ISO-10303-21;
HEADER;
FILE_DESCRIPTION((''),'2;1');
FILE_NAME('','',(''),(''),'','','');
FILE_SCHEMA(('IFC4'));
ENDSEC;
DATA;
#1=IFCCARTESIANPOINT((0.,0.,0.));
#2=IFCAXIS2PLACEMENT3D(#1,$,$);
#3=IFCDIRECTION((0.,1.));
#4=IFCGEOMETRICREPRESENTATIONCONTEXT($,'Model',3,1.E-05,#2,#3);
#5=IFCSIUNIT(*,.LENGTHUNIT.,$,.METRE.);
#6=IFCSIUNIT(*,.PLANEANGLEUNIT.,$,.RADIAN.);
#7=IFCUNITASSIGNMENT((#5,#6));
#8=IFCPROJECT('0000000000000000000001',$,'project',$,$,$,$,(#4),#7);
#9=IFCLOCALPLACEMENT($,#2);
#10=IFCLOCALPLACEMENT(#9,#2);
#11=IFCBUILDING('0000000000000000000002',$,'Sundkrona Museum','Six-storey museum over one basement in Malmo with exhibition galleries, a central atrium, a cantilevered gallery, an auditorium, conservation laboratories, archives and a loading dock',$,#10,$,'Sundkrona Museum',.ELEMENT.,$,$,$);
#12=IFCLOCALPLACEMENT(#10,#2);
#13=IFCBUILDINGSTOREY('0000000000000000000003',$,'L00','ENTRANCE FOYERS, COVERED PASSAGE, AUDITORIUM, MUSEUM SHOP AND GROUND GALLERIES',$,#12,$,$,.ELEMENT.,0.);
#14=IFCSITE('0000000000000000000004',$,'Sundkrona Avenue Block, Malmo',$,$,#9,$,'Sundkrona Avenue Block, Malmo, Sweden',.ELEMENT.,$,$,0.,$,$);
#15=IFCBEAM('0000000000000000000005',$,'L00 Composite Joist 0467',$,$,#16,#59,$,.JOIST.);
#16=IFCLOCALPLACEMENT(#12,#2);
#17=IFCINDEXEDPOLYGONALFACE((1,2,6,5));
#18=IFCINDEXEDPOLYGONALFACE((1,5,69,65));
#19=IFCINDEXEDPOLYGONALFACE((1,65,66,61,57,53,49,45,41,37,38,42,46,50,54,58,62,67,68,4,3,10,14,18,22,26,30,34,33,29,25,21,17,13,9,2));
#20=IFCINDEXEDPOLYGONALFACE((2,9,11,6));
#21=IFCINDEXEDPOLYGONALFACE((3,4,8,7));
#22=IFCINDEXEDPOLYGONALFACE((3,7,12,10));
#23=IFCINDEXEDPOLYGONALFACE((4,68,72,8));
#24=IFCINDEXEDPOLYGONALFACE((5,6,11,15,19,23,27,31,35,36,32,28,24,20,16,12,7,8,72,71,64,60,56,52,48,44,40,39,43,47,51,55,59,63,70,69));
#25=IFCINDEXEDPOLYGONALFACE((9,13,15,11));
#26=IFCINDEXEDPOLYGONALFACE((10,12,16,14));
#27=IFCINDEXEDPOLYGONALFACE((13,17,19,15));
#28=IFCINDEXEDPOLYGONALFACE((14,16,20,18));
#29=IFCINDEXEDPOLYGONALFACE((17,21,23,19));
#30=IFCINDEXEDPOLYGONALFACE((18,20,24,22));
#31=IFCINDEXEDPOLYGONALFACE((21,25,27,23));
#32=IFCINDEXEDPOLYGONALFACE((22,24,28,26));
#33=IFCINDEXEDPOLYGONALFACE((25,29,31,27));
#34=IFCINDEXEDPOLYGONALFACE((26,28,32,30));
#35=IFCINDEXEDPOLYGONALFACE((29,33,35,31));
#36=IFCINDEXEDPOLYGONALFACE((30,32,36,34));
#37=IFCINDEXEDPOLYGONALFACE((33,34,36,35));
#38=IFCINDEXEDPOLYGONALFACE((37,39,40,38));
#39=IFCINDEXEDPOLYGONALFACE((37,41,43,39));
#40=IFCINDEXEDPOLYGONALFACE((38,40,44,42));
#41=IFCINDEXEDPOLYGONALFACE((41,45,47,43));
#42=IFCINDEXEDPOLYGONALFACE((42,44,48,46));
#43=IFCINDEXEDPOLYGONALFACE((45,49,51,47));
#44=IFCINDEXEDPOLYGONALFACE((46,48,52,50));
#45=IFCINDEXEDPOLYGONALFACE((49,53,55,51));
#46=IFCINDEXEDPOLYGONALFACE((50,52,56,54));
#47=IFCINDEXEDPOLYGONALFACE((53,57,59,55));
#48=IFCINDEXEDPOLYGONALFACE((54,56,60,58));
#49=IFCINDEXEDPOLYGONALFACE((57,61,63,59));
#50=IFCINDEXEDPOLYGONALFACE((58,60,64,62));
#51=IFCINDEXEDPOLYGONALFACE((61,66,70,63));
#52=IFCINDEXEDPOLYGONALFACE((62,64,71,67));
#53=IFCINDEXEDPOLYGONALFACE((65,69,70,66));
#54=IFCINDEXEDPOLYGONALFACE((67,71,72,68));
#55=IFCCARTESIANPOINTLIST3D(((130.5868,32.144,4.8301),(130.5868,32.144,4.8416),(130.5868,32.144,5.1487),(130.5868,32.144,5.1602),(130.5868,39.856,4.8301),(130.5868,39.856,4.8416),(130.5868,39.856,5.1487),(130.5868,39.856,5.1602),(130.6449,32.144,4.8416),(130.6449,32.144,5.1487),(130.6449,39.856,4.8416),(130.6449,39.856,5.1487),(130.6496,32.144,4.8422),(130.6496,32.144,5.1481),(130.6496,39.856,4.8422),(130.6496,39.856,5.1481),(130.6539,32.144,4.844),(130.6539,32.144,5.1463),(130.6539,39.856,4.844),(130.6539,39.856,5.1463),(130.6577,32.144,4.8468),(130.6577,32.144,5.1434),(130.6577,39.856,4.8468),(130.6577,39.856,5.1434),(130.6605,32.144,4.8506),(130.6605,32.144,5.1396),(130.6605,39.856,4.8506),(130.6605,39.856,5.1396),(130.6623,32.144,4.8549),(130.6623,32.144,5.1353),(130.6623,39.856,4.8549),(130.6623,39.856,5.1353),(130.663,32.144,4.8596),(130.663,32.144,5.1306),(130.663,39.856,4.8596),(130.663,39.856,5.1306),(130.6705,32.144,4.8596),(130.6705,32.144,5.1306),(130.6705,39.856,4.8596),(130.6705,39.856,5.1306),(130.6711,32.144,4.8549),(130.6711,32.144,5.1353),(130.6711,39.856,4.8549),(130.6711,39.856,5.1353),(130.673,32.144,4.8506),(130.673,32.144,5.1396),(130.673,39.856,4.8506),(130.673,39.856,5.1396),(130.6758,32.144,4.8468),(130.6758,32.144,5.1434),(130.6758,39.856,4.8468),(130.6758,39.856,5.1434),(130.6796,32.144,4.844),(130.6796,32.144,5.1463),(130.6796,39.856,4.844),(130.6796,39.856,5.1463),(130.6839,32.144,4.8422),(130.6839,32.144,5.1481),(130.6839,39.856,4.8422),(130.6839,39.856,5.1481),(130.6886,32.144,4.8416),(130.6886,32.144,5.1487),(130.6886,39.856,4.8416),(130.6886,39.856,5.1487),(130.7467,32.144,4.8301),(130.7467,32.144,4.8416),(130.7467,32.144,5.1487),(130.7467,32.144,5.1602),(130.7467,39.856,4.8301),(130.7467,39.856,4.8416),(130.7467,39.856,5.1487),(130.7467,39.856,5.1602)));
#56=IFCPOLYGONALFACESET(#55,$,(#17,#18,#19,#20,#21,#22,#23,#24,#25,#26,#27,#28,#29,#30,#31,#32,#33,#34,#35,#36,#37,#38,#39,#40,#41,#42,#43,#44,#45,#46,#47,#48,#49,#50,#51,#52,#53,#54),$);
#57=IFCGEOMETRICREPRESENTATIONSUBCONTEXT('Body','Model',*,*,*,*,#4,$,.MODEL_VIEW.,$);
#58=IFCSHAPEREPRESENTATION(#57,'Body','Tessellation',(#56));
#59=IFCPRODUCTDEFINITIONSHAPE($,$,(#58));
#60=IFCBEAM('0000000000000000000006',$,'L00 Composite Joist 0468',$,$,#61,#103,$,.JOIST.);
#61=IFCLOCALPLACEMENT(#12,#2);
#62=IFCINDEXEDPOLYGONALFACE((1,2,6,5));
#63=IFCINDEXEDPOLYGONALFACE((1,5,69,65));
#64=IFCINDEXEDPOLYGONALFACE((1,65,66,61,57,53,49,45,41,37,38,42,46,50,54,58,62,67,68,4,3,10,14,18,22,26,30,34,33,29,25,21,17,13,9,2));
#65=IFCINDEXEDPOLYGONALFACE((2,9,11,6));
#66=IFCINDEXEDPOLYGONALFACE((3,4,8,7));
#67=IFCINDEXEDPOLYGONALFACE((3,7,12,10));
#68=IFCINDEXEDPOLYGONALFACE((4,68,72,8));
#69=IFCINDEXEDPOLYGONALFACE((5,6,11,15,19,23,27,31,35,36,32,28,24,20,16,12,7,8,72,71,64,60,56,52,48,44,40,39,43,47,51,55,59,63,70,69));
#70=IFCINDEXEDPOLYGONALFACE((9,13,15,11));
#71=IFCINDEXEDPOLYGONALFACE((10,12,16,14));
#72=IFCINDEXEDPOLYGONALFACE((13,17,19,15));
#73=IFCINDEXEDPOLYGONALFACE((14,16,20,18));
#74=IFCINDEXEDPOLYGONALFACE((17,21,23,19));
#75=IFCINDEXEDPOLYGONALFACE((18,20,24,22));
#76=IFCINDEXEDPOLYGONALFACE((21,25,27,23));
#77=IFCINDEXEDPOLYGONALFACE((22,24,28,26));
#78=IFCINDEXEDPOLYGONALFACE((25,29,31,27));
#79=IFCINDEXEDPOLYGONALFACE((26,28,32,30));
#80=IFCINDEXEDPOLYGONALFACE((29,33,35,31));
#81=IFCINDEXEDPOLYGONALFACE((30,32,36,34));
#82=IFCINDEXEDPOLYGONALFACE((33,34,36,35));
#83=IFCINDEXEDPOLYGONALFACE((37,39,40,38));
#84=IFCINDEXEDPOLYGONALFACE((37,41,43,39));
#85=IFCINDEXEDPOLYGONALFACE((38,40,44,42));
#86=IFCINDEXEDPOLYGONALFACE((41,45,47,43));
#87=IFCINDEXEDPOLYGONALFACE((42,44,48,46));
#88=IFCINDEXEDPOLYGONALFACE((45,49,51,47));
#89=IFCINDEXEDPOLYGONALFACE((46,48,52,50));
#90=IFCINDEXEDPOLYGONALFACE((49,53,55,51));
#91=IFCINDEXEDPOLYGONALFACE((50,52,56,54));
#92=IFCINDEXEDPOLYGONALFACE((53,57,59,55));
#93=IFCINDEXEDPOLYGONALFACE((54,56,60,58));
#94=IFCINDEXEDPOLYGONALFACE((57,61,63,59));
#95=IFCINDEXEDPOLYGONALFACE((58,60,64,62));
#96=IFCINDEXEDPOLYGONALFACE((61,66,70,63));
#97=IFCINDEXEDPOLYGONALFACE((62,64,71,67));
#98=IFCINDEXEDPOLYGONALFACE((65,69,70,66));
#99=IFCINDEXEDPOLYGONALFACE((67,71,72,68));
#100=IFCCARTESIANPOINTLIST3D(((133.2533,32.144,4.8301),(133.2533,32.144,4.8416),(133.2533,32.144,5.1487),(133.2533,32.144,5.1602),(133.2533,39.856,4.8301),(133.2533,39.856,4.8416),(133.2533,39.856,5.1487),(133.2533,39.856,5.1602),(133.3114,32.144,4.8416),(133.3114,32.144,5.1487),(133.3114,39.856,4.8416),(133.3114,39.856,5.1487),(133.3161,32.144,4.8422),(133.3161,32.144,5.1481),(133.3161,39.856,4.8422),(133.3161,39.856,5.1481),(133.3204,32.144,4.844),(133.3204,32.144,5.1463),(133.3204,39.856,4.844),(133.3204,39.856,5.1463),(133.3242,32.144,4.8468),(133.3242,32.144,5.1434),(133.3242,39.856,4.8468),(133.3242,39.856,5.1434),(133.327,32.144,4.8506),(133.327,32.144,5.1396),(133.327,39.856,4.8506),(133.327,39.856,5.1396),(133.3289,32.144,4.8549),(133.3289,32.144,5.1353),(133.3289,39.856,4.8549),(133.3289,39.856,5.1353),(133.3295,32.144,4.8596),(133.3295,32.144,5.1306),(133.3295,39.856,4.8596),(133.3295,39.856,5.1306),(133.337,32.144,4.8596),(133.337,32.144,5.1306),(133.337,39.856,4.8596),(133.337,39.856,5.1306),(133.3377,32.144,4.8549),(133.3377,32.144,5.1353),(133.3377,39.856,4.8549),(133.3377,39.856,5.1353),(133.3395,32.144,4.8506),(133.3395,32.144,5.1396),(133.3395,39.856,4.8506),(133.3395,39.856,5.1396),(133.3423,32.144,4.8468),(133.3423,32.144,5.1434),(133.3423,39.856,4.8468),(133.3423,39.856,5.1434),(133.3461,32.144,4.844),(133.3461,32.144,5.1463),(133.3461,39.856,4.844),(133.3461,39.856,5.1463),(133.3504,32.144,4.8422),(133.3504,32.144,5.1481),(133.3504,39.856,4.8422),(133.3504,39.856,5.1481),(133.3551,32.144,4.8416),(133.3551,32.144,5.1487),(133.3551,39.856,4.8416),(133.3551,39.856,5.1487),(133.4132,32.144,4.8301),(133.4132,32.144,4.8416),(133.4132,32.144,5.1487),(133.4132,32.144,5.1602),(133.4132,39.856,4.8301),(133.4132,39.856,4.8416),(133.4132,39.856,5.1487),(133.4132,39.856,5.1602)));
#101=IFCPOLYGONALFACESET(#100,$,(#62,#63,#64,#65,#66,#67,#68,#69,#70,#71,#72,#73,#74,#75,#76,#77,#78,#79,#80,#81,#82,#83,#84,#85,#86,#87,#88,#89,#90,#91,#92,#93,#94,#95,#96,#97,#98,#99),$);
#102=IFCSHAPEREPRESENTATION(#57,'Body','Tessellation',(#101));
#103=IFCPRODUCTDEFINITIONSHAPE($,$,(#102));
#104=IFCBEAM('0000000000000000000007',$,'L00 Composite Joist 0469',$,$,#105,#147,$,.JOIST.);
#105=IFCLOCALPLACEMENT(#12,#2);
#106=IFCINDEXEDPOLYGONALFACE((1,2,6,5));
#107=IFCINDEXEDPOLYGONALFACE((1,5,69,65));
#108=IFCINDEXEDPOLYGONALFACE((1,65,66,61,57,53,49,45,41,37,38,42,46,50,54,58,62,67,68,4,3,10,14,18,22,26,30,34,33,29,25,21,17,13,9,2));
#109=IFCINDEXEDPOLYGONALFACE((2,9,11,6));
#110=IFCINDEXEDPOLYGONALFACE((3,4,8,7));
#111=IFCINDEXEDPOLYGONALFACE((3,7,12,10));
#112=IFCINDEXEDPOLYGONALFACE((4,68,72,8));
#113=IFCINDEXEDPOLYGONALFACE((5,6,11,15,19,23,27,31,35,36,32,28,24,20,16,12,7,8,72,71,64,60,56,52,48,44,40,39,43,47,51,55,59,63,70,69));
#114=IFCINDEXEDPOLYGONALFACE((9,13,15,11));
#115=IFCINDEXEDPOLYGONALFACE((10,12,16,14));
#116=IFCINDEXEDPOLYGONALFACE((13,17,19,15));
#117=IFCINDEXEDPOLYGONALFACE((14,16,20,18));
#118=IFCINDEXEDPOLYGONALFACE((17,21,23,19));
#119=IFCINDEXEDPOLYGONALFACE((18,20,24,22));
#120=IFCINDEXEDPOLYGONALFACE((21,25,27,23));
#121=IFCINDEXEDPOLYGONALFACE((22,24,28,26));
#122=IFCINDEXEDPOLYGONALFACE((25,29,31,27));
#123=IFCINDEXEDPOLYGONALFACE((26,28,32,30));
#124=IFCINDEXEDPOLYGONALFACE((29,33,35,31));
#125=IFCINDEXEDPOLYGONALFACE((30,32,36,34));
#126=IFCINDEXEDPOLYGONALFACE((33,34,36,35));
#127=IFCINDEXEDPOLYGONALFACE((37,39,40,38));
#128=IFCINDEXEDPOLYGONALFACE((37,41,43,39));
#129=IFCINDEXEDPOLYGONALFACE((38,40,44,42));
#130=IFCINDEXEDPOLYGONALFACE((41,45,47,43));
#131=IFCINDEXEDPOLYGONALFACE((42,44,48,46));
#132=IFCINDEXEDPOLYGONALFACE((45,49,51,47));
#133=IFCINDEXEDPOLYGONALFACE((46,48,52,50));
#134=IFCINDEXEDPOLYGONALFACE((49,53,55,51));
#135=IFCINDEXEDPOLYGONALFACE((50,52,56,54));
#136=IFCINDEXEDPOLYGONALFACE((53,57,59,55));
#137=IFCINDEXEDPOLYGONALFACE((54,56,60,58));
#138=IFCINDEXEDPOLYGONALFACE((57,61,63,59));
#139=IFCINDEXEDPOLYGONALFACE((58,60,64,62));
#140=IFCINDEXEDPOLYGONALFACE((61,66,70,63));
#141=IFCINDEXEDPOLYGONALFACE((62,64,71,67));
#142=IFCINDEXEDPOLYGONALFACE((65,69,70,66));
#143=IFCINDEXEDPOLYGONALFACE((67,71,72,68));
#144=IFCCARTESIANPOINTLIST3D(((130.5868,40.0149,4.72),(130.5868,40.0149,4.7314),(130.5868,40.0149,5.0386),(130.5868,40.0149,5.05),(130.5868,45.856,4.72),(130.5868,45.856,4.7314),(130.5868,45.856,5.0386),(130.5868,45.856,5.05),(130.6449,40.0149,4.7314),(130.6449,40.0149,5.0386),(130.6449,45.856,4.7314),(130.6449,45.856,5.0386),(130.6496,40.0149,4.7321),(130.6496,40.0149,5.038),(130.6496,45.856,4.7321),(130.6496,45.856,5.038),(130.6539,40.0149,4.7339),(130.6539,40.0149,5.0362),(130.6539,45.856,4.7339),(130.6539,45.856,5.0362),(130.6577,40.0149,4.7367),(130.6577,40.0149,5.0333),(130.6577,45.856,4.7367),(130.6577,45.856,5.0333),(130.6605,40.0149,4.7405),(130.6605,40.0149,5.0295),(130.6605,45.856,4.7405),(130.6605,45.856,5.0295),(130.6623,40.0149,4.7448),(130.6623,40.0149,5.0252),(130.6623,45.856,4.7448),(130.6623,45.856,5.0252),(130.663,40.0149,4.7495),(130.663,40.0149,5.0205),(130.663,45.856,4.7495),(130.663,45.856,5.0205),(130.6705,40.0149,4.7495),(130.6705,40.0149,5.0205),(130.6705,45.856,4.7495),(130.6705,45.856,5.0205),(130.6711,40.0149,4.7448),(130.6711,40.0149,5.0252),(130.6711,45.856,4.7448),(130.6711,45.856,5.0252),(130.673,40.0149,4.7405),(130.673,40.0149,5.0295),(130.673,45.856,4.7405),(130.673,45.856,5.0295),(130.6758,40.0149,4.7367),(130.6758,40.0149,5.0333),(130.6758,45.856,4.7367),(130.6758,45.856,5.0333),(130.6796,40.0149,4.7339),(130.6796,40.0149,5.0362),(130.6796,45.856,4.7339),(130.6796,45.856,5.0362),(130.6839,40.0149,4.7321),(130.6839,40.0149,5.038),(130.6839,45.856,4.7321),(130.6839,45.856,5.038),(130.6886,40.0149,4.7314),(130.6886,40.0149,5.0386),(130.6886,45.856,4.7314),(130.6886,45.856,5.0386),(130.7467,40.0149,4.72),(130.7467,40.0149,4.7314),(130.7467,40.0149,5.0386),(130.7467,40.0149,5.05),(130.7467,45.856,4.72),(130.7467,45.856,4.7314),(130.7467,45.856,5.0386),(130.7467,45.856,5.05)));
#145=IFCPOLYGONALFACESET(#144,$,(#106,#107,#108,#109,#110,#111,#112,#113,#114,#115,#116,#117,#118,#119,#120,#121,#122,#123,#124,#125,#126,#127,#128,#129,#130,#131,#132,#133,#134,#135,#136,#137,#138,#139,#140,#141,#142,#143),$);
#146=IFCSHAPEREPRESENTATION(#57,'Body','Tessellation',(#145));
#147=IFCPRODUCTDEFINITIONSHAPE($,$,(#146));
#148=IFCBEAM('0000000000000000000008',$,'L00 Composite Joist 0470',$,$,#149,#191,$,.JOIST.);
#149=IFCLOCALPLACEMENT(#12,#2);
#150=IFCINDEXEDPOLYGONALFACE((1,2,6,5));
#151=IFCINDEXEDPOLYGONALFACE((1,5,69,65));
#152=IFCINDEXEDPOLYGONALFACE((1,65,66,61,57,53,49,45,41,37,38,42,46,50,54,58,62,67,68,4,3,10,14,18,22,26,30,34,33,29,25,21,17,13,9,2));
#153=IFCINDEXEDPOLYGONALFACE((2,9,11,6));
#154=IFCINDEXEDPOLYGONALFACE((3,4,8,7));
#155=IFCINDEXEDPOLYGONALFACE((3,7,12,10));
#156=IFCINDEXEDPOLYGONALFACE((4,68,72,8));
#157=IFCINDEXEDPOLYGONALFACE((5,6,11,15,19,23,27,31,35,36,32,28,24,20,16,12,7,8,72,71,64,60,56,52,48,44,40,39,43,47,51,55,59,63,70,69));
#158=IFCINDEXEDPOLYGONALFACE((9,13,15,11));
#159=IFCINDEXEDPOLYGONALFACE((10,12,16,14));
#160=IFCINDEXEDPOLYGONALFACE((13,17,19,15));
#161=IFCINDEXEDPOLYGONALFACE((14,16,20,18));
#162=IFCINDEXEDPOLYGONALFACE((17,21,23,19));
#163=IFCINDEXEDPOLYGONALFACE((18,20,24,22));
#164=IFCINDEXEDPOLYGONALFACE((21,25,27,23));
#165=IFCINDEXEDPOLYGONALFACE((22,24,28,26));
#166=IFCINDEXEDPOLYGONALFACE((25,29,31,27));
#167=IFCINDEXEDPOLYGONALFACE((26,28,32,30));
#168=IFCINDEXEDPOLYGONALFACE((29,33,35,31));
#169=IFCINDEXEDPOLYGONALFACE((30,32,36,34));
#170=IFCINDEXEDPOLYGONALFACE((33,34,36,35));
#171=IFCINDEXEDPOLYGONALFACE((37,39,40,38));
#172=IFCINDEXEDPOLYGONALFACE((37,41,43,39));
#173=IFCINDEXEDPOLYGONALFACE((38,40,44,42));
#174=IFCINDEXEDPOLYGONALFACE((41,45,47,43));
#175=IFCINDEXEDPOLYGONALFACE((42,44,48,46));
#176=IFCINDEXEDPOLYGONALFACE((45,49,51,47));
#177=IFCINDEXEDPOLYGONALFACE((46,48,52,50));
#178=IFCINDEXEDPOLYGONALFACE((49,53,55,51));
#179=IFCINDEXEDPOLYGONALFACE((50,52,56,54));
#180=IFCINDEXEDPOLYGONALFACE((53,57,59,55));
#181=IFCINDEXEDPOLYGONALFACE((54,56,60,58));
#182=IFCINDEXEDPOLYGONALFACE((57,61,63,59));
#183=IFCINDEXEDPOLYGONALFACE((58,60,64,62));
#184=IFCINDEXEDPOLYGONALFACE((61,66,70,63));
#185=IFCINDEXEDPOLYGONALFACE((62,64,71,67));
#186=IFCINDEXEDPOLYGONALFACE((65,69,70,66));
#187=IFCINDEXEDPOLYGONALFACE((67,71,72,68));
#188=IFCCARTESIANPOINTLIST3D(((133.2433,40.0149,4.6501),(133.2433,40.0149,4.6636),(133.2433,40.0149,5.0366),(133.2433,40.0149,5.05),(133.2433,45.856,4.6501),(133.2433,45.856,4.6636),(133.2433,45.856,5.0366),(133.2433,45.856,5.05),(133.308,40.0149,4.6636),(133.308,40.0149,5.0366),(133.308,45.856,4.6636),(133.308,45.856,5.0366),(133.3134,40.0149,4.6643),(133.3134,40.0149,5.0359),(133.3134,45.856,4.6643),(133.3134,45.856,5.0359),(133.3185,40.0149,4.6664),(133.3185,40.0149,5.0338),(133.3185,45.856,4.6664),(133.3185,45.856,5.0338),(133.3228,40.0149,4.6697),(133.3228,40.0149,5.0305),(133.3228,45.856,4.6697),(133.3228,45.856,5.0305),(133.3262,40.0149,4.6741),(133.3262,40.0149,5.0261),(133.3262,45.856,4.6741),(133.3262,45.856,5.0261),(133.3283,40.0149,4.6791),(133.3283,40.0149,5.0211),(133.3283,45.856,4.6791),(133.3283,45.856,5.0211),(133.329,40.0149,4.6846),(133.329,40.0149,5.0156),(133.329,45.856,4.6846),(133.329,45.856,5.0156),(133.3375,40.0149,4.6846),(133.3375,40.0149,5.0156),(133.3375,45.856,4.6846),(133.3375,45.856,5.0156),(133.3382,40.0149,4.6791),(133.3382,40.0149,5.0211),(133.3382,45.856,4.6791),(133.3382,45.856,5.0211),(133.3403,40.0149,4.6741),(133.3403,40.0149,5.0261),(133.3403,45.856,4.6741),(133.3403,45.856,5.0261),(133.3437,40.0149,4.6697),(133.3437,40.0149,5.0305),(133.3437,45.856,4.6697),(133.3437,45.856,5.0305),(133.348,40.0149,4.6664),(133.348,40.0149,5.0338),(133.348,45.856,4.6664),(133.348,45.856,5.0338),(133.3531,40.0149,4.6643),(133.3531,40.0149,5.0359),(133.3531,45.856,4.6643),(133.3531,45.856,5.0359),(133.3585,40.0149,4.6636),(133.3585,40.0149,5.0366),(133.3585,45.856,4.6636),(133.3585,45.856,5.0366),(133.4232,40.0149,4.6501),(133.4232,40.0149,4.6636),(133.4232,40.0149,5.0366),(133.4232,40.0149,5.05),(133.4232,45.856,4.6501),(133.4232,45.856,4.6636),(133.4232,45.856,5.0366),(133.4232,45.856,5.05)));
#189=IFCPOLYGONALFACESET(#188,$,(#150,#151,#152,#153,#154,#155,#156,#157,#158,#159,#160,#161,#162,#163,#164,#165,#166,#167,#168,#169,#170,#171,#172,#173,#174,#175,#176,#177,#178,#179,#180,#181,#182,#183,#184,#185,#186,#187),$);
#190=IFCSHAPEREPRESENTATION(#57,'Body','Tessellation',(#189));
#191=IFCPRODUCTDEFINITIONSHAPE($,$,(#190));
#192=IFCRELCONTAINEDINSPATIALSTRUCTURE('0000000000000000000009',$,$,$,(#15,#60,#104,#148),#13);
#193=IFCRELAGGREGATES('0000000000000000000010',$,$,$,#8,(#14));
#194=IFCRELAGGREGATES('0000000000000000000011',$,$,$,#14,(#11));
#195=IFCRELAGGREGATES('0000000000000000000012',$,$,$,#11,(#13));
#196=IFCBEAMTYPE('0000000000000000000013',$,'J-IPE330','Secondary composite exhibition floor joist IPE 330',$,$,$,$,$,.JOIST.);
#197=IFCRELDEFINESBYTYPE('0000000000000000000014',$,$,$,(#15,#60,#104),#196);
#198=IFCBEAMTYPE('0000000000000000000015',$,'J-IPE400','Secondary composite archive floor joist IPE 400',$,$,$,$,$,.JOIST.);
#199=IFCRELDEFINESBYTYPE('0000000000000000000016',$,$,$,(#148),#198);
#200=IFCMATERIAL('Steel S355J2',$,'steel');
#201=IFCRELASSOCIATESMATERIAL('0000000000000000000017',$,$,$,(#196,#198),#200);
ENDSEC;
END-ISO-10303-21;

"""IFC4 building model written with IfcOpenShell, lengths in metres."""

from ifc_helpers import new_model, si_unit, direction, frame, origin, origin_2d, place, context, subcontext, project, spatial, i_section, extrude, material, material_profile, profile_set, type_object, element, save


model = new_model("IFC4")

# Units and contexts
model_context = context("Model", 3, precision=1e-05, world=origin(), true_north=direction((0.0, 1.0)))
body_context = subcontext(model_context, "Body", "Model", "MODEL_VIEW")
ifc_project = project(units=[si_unit("LENGTHUNIT", "METRE"), si_unit("PLANEANGLEUNIT", "RADIAN")], contexts=[model_context])

# Site, building, storey
site_placement = place(None, origin())
site = spatial("IfcSite", under=ifc_project, at=site_placement, Name="Sundkrona Avenue Block, Malmo", LongName="Sundkrona Avenue Block, Malmo, Sweden", CompositionType="ELEMENT", RefElevation=0.0)
building_placement = place(site_placement, origin())
building = spatial("IfcBuilding", under=site, at=building_placement, Name="Sundkrona Museum", Description="Six-storey museum over one basement in Malmo with exhibition galleries, a central atrium, a cantilevered gallery, an auditorium, conservation laboratories, archives and a loading dock", LongName="Sundkrona Museum", CompositionType="ELEMENT")
storey_placement = place(building_placement, origin())
storey = spatial("IfcBuildingStorey", under=building, at=storey_placement, Name="L00", Description="ENTRANCE FOYERS, COVERED PASSAGE, AUDITORIUM, MUSEUM SHOP AND GROUND GALLERIES", CompositionType="ELEMENT", Elevation=0.0)

# Shared definitions
ifc_material_1 = material(Name="Steel S355J2", Category="steel")

# Beams
ifc_material_profile_1 = material_profile(ifc_material_1, i_section(OverallWidth=0.1599, OverallDepth=0.3301, WebThickness=0.0076, FlangeThickness=0.0115, FilletRadius=0.0181, at=origin_2d()), Name="IPE 330")
ifc_profile_set_1 = profile_set([ifc_material_profile_1], Name="Steel S355J2")
beam_type_1 = type_object("IfcBeamType", Name="J-IPE330", Description="Secondary composite exhibition floor joist IPE 330", PredefinedType="JOIST", material=ifc_profile_set_1)
for number, where, z_axis, x_axis, name in (
    (1, (130.6667, 32.144, 4.9951), (0.0, 1.0, 0.0), (-1.0, 0.0, 0.0), "L00 Composite Joist 0467"),
    (2, (133.3333, 32.144, 4.9951), (0.0, 1.0, 0.0), (-1.0, 0.0, 0.0), "L00 Composite Joist 0468"),
):
    element("IfcBeam", number, at=place(storey_placement, frame(where, z_axis=z_axis, x_axis=x_axis)), inside=storey, type_object=beam_type_1, Name=name, PredefinedType="JOIST", context=body_context, shape_type="SweptSolid", body=[
        extrude(i_section(OverallWidth=0.1599, OverallDepth=0.3301, WebThickness=0.0076, FlangeThickness=0.0115, FilletRadius=0.0181, at=origin_2d()), origin(), (0.0, 0.0, 1.0), 7.7119),
    ])
beam_1_placement = place(storey_placement, frame((130.6667, 40.0149, 4.885), z_axis=(0.0, 1.0, 0.0), x_axis=(-1.0, 0.0, 0.0)))
element("IfcBeam", 3, at=beam_1_placement, inside=storey, type_object=beam_type_1, Name="L00 Composite Joist 0469", PredefinedType="JOIST", context=body_context, shape_type="SweptSolid", body=[
    extrude(i_section(OverallWidth=0.1599, OverallDepth=0.3301, WebThickness=0.0076, FlangeThickness=0.0115, FilletRadius=0.0181, at=origin_2d()), origin(), (0.0, 0.0, 1.0), 5.8411),
])
ifc_material_profile_2 = material_profile(ifc_material_1, i_section(OverallWidth=0.1799, OverallDepth=0.3999, WebThickness=0.0085, FlangeThickness=0.0134, FilletRadius=0.021, at=origin_2d()), Name="IPE 400")
ifc_profile_set_2 = profile_set([ifc_material_profile_2], Name="Steel S355J2")
beam_type_2 = type_object("IfcBeamType", Name="J-IPE400", Description="Secondary composite archive floor joist IPE 400", PredefinedType="JOIST", material=ifc_profile_set_2)
beam_2_placement = place(storey_placement, frame((133.3333, 40.0149, 4.8501), z_axis=(0.0, 1.0, 0.0), x_axis=(-1.0, 0.0, 0.0)))
element("IfcBeam", 4, at=beam_2_placement, inside=storey, type_object=beam_type_2, Name="L00 Composite Joist 0470", PredefinedType="JOIST", context=body_context, shape_type="SweptSolid", body=[
    extrude(i_section(OverallWidth=0.1799, OverallDepth=0.3999, WebThickness=0.0085, FlangeThickness=0.0134, FilletRadius=0.021, at=origin_2d()), origin(), (0.0, 0.0, 1.0), 5.8411),
])

save(model, "model.ifc")
